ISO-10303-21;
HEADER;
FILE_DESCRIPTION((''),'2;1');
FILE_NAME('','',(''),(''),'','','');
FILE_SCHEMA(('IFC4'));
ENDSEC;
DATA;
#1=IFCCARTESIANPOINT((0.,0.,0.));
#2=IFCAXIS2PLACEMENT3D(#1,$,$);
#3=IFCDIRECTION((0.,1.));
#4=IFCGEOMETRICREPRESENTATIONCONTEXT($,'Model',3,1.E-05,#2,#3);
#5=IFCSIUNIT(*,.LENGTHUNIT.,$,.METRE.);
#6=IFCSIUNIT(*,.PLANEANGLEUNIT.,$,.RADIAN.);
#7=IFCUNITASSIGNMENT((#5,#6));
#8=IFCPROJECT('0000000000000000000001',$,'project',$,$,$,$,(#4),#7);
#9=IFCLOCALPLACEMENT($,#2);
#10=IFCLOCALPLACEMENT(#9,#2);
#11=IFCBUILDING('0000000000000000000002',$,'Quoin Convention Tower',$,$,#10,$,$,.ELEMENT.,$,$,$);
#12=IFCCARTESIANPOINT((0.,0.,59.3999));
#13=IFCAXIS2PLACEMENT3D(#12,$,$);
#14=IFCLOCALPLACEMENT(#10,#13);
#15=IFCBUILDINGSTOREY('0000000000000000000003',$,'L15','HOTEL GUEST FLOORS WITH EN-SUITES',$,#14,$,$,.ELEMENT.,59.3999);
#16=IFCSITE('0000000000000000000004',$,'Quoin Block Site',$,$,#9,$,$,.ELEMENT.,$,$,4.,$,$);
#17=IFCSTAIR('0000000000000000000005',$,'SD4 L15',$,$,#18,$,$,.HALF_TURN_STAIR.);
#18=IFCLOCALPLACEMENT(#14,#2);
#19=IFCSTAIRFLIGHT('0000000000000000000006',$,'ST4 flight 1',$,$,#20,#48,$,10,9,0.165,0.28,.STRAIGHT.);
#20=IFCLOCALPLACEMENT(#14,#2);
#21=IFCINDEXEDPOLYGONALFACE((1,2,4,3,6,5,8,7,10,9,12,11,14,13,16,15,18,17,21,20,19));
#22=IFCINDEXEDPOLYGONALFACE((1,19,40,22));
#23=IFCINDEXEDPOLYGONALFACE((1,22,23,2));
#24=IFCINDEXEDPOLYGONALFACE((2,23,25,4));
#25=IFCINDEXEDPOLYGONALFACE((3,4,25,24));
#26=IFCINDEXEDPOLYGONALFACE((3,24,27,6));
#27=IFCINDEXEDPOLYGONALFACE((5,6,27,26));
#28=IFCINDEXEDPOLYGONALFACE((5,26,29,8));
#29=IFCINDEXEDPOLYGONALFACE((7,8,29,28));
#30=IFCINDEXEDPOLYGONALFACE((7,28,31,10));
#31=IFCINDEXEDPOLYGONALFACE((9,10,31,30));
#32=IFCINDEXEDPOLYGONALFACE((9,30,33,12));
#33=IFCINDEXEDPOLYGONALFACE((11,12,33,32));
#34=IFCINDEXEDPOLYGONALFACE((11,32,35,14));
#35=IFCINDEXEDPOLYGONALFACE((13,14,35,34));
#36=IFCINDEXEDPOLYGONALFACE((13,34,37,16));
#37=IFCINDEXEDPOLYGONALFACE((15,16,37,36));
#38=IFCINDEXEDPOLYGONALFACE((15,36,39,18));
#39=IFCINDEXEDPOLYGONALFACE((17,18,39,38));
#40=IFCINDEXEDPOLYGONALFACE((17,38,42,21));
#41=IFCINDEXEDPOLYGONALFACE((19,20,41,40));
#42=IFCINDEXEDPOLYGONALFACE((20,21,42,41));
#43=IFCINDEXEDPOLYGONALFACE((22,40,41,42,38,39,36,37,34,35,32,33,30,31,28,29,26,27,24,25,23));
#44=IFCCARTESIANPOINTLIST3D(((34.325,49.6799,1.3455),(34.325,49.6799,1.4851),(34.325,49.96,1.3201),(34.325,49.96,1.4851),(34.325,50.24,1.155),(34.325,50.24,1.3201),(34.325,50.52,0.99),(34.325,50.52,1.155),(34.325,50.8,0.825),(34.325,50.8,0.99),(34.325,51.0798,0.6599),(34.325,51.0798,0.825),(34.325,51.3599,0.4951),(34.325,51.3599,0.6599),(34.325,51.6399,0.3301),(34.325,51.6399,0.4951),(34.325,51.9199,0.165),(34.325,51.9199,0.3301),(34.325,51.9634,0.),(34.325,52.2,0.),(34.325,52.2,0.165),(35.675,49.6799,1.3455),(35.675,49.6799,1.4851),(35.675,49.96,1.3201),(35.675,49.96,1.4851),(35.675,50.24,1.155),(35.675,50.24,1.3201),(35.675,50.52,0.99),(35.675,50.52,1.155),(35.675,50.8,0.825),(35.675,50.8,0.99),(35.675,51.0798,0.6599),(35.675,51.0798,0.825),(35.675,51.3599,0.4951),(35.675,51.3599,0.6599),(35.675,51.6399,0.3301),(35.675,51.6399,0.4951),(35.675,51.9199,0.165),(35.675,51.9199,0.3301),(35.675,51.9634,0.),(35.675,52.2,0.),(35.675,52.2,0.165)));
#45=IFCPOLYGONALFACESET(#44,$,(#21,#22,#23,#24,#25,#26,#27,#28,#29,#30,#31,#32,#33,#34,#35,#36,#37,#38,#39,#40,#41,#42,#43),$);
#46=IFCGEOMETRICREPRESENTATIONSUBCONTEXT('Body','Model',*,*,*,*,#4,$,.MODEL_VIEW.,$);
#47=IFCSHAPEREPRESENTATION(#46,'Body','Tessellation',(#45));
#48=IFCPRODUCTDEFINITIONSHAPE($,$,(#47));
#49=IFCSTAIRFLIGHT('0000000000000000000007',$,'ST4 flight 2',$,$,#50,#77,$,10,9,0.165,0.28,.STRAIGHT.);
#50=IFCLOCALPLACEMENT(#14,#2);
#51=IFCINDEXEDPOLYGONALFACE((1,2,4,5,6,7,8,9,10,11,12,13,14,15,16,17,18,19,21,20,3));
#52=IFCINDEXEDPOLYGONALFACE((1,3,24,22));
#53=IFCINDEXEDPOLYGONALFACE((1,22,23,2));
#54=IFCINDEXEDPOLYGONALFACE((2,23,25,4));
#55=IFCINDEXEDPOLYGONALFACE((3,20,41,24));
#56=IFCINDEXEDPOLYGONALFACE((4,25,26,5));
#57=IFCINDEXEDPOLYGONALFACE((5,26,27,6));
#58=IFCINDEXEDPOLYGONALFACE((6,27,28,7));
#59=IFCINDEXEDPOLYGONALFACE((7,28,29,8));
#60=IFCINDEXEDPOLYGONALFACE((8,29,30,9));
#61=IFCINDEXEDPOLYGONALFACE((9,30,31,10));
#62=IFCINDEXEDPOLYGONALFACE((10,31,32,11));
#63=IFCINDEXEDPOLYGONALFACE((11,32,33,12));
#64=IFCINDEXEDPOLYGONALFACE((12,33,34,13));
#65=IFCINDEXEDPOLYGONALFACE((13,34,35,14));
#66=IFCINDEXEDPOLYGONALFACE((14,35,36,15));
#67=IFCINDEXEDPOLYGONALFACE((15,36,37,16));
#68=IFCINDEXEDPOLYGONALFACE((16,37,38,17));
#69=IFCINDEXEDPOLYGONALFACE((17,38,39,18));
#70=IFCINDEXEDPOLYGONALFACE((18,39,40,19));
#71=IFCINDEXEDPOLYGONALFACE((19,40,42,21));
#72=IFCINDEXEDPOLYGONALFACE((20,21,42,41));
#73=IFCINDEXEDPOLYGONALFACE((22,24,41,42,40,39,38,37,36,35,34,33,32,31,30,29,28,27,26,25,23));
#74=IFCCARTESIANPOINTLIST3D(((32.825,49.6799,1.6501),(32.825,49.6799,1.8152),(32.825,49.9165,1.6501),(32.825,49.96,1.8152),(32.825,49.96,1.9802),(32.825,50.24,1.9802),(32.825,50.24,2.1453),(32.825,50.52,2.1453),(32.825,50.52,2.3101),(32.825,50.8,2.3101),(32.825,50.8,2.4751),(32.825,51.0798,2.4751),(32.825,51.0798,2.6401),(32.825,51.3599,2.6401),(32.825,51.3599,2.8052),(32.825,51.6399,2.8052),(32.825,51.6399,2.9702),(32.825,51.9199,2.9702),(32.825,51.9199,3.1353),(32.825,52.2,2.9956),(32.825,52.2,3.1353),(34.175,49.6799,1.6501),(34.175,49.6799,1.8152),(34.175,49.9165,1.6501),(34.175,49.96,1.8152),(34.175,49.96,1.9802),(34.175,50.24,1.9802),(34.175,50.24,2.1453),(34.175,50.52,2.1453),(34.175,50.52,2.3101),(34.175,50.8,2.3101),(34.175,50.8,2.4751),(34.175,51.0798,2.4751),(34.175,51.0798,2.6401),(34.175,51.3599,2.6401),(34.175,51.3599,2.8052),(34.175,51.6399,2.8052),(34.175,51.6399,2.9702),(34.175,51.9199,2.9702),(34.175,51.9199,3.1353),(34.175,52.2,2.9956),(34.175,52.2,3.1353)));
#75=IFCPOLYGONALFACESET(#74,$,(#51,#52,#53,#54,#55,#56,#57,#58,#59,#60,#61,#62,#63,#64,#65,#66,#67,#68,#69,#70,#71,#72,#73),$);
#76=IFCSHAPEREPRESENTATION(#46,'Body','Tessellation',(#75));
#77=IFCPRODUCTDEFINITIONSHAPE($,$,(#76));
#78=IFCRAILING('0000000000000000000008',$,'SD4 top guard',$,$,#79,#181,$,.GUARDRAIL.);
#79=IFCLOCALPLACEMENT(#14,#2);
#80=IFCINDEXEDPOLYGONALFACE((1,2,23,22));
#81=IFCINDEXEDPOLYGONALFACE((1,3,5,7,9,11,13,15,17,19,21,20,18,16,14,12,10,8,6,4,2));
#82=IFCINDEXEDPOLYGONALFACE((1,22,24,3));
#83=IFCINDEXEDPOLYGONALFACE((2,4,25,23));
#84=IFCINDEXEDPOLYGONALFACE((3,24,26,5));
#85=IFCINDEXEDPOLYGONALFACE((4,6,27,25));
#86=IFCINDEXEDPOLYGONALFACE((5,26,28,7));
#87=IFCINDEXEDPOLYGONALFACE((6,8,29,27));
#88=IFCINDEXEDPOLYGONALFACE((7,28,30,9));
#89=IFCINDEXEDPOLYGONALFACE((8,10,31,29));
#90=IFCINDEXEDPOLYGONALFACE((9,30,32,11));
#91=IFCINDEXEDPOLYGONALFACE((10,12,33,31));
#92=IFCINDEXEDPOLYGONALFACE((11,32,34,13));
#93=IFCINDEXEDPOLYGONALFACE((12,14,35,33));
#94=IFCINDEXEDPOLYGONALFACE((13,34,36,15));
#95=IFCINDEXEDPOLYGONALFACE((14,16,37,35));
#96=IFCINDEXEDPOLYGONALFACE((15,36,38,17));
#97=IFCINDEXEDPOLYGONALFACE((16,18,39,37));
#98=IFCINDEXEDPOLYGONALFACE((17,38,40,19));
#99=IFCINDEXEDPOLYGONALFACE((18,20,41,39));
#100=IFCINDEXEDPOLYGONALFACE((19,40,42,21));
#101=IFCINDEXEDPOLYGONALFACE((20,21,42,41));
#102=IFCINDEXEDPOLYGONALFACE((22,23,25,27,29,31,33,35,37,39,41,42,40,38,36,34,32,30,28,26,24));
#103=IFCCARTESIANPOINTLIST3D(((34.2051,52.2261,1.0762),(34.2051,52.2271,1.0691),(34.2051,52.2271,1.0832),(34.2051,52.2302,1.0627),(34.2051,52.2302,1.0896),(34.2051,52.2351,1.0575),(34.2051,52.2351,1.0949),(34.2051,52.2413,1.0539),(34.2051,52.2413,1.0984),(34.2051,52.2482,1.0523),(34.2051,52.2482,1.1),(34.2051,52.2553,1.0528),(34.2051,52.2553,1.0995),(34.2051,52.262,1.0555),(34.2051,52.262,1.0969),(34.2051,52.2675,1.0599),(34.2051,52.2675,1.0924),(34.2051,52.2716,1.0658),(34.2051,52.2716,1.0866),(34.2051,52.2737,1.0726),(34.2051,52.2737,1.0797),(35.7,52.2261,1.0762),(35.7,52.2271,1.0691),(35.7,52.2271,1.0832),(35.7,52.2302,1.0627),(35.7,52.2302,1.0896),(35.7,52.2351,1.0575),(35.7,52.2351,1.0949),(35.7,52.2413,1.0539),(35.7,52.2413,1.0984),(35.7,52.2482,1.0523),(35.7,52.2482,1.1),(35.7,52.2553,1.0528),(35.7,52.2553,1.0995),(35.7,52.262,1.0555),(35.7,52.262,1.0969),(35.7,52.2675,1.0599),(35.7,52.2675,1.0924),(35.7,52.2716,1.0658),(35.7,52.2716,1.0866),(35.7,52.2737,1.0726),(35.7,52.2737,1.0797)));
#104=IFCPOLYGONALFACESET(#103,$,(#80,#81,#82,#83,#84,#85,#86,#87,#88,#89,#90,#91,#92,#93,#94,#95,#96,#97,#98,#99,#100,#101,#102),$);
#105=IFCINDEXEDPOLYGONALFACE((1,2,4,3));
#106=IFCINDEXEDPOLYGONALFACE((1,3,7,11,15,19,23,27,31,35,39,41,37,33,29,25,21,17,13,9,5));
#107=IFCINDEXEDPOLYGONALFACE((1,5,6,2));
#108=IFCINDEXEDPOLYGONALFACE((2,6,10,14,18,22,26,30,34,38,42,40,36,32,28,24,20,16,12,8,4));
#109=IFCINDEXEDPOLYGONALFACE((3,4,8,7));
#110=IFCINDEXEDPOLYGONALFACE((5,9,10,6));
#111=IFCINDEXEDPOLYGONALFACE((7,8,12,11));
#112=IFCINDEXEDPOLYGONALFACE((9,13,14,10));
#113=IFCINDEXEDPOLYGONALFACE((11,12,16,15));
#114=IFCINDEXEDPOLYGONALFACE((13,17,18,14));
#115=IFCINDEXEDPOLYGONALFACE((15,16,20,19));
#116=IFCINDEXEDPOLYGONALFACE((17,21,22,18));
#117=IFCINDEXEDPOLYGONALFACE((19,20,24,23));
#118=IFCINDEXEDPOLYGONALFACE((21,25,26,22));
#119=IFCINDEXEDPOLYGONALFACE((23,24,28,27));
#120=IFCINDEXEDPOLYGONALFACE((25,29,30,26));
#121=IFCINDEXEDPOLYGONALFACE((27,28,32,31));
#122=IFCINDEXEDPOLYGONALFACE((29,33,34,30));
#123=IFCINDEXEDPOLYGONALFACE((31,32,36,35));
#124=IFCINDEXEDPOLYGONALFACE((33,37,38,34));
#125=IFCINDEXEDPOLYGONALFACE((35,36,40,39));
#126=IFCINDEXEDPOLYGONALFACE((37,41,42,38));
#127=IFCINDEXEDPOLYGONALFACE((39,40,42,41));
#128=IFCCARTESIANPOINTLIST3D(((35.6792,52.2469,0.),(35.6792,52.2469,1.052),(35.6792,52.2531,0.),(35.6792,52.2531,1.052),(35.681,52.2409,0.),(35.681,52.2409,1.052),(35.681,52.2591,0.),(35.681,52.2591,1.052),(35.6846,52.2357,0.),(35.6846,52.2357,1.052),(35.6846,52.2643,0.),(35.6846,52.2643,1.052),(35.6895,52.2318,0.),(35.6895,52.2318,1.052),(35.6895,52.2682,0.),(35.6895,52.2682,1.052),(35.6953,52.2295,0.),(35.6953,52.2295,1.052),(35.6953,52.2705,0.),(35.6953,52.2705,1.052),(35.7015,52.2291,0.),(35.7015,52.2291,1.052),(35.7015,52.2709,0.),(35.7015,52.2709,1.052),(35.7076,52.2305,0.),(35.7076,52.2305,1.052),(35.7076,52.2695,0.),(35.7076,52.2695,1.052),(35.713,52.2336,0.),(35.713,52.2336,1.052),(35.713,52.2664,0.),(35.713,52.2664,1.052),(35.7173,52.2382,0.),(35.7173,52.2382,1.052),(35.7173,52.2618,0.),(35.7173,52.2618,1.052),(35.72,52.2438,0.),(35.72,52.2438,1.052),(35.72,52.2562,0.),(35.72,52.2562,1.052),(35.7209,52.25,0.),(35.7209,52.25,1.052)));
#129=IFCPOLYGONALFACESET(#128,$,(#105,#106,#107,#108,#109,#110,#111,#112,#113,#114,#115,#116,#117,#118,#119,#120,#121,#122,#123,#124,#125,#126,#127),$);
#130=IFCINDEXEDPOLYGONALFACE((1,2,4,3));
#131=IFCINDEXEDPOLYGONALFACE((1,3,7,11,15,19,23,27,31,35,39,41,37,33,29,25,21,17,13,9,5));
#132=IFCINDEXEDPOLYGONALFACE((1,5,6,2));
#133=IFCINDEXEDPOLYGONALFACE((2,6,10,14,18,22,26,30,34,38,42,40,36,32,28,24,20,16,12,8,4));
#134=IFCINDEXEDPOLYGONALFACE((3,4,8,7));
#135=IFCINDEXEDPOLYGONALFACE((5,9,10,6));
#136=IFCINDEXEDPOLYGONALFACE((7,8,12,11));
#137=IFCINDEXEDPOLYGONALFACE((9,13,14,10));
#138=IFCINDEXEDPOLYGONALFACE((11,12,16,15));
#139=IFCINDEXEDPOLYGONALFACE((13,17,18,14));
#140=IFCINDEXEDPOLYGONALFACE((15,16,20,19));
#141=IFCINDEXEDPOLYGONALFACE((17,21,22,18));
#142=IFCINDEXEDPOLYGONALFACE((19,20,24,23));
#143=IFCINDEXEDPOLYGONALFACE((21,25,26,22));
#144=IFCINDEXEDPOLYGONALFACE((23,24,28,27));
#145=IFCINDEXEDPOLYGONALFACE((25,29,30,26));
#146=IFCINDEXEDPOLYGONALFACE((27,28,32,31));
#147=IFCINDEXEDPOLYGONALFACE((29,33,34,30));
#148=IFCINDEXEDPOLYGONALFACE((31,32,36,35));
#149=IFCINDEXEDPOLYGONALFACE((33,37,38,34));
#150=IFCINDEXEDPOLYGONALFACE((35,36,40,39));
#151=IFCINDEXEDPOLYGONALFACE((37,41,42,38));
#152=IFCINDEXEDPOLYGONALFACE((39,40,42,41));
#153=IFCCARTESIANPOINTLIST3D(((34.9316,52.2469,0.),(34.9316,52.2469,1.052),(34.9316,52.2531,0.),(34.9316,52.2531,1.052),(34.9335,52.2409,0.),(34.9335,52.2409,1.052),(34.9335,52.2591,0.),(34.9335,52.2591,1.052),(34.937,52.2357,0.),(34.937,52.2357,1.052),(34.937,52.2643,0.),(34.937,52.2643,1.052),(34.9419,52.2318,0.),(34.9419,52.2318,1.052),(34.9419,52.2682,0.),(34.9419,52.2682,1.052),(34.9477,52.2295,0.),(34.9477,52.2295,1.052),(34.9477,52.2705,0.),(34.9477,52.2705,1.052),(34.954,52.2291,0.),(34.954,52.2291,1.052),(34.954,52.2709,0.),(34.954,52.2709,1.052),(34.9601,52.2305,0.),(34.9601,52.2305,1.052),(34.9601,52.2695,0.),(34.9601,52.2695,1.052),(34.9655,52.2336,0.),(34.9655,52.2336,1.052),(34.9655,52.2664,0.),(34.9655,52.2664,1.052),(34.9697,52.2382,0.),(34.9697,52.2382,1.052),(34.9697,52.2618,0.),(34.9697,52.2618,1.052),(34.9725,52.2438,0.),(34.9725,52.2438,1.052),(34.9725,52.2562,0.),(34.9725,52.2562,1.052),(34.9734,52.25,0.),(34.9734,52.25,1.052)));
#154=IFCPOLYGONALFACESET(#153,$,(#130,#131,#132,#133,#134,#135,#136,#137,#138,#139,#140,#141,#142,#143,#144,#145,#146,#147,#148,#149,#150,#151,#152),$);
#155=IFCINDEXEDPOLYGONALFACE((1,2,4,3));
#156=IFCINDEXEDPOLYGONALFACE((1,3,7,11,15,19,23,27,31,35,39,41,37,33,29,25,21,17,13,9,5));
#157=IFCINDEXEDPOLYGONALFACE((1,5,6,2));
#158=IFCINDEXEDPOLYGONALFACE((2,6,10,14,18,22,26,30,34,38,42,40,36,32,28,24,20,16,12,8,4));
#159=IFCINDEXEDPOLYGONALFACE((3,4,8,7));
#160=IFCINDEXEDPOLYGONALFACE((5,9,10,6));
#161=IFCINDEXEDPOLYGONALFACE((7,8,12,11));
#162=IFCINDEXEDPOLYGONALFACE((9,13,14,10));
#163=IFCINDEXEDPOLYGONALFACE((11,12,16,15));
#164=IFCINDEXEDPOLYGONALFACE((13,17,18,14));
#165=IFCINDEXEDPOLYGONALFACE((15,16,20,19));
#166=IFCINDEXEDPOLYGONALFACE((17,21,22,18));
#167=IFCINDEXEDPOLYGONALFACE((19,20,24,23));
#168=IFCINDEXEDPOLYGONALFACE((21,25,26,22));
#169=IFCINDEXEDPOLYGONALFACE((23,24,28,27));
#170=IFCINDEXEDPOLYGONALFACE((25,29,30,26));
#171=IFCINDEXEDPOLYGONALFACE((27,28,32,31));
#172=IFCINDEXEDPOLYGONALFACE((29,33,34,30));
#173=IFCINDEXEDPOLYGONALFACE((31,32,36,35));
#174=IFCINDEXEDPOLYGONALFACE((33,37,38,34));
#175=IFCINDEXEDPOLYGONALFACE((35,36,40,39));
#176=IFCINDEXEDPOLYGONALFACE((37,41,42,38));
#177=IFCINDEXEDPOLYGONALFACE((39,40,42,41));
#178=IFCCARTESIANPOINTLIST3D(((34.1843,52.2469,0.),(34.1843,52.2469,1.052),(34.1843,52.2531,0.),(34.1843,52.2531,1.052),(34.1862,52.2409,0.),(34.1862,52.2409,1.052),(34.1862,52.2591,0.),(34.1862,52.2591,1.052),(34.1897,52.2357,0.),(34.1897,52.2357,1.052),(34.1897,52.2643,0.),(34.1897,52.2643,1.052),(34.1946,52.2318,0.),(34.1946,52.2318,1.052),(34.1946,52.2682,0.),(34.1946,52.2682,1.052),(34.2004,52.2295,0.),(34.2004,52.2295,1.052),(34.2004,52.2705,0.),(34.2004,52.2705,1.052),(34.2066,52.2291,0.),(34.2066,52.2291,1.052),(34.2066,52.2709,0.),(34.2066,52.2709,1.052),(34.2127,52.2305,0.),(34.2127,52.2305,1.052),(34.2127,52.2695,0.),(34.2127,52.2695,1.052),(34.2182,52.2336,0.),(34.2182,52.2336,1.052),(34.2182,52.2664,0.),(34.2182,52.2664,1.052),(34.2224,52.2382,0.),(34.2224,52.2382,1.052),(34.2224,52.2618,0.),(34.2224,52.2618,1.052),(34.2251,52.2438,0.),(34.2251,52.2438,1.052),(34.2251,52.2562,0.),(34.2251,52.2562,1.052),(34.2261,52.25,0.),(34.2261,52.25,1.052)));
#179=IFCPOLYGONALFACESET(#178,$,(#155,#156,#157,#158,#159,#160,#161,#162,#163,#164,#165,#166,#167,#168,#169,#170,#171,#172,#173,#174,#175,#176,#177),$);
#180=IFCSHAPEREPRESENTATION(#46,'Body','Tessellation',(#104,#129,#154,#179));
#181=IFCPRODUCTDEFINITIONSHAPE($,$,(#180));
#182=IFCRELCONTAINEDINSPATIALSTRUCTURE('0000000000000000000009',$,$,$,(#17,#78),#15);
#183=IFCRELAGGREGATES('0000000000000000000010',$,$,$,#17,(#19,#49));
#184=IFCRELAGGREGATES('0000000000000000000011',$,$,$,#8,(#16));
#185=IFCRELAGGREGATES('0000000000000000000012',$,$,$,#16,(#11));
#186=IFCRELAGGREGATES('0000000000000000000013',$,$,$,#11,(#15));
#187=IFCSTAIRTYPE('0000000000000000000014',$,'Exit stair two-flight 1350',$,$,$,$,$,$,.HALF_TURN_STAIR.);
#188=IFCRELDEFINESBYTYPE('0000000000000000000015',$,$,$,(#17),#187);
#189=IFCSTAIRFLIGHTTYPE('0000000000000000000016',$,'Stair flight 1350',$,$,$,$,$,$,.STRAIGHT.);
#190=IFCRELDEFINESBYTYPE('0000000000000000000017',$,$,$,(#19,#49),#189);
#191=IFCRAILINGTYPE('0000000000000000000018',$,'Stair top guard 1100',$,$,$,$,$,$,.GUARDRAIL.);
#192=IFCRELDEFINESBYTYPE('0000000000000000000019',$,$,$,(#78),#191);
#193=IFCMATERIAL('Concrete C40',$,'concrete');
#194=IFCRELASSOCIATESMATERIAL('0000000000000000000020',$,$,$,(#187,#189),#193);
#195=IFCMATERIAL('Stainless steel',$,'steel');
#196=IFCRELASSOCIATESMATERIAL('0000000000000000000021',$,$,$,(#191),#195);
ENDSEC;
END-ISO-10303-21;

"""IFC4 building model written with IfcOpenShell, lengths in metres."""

from ifc_helpers import new_model, si_unit, direction, frame, origin, origin_2d, place, context, subcontext, project, spatial, polyline, circle, outline, extrude, material, type_object, element, aggregate, save


model = new_model("IFC4")

# Units and contexts
model_context = context("Model", 3, precision=1e-05, world=origin(), true_north=direction((0.0, 1.0)))
body_context = subcontext(model_context, "Body", "Model", "MODEL_VIEW")
ifc_project = project(units=[si_unit("LENGTHUNIT", "METRE"), si_unit("PLANEANGLEUNIT", "RADIAN")], contexts=[model_context])

# Site, building, storey
site_placement = place(None, origin())
site = spatial("IfcSite", under=ifc_project, at=site_placement, Name="Quoin Block Site", CompositionType="ELEMENT", RefElevation=4.0)
building_placement = place(site_placement, origin())
building = spatial("IfcBuilding", under=site, at=building_placement, Name="Quoin Convention Tower", CompositionType="ELEMENT")
storey_placement = place(building_placement, frame((0.0, 0.0, 59.3999)))
storey = spatial("IfcBuildingStorey", under=building, at=storey_placement, Name="L15", Description="HOTEL GUEST FLOORS WITH EN-SUITES", CompositionType="ELEMENT", Elevation=59.3999)

# Stair, stair flights
ifc_material_1 = material(Name="Concrete C40", Category="concrete")
stair_type = type_object("IfcStairType", Name="Exit stair two-flight 1350", PredefinedType="HALF_TURN_STAIR", material=ifc_material_1)
stair_flight_type = type_object("IfcStairFlightType", Name="Stair flight 1350", PredefinedType="STRAIGHT", material=ifc_material_1)
stair_1_placement = place(storey_placement, origin())
stair_1 = element("IfcStair", 1, at=stair_1_placement, inside=storey, type_object=stair_type, Name="SD4 L15", PredefinedType="HALF_TURN_STAIR")
stair_flight_1_placement = place(storey_placement, frame((35.0, 52.2, 0.0), z_axis=(0.0, 0.0, 1.0), x_axis=(0.0, -1.0, 0.0)))
stair_flight_1 = element("IfcStairFlight", 2, at=stair_flight_1_placement, type_object=stair_flight_type, Name="ST4 flight 1", NumberOfRisers=10, NumberOfTreads=9, PredefinedType="STRAIGHT", RiserHeight=0.165, TreadLength=0.28, context=body_context, shape_type="SweptSolid", body=[
    extrude(outline(polyline([(0.0, 0.0), (0.0, 0.165), (0.28, 0.165), (0.28, 0.3301), (0.5601, 0.3301), (0.5601, 0.4951), (0.8401, 0.4951), (0.8401, 0.6599), (1.1201, 0.6599), (1.1201, 0.825), (1.3999, 0.825), (1.3999, 0.99), (1.6799, 0.99), (1.6799, 1.155), (1.96, 1.155), (1.96, 1.3201), (2.24, 1.3201), (2.24, 1.4851), (2.52, 1.4851), (2.52, 1.6499), (2.52, 1.3455), (0.2366, 0.0), (0.0, 0.0)])), frame((0.0, 0.675, 0.0), z_axis=(0.0, -1.0, 0.0), x_axis=(1.0, 0.0, 0.0)), (0.0, 0.0, 1.0), 1.3501),
])
stair_flight_2_placement = place(storey_placement, frame((33.5, 49.6799, 1.6501), z_axis=(0.0, 0.0, 1.0), x_axis=(0.0, 1.0, 0.0)))
stair_flight_2 = element("IfcStairFlight", 3, at=stair_flight_2_placement, type_object=stair_flight_type, Name="ST4 flight 2", NumberOfRisers=10, NumberOfTreads=9, PredefinedType="STRAIGHT", RiserHeight=0.165, TreadLength=0.28, context=body_context, shape_type="SweptSolid", body=[
    extrude(outline(polyline([(0.0, 0.0), (0.0, 0.165), (0.28, 0.165), (0.28, 0.3301), (0.5601, 0.3301), (0.5601, 0.4951), (0.8401, 0.4951), (0.8401, 0.6599), (1.1201, 0.6599), (1.1201, 0.825), (1.3999, 0.825), (1.3999, 0.99), (1.6799, 0.99), (1.6799, 1.155), (1.96, 1.155), (1.96, 1.3201), (2.24, 1.3201), (2.24, 1.4851), (2.52, 1.4851), (2.52, 1.6499), (2.52, 1.3455), (0.2366, 0.0), (0.0, 0.0)])), frame((0.0, 0.675, 0.0), z_axis=(0.0, -1.0, 0.0), x_axis=(1.0, 0.0, 0.0)), (0.0, 0.0, 1.0), 1.3501),
])
aggregate(stair_1, [stair_flight_1, stair_flight_2])

# Railing
ifc_material_2 = material(Name="Stainless steel", Category="steel")
railing_type_1 = type_object("IfcRailingType", Name="Stair top guard 1100", PredefinedType="GUARDRAIL", material=ifc_material_2)
railing_1_placement = place(storey_placement, frame((35.7, 52.25, 0.0)))
element("IfcRailing", 4, at=railing_1_placement, inside=storey, type_object=railing_type_1, Name="SD4 top guard", PredefinedType="GUARDRAIL", context=body_context, shape_type="SweptSolid", body=[
    extrude(circle(Radius=0.0239, at=origin_2d()), frame((0.0, 0.0, 1.0762), z_axis=(-1.0, 0.0, 0.0), x_axis=(0.0, -1.0, 0.0)), (0.0, 0.0, 1.0), 1.4949),
    extrude(circle(Radius=0.021, at=origin_2d()), origin(), (0.0, 0.0, 1.0), 1.052),
    extrude(circle(Radius=0.021, at=origin_2d()), frame((-0.7476, 0.0, 0.0)), (0.0, 0.0, 1.0), 1.052),
    extrude(circle(Radius=0.021, at=origin_2d()), frame((-1.4949, 0.0, 0.0)), (0.0, 0.0, 1.0), 1.052),
])

save(model, "model.ifc")
